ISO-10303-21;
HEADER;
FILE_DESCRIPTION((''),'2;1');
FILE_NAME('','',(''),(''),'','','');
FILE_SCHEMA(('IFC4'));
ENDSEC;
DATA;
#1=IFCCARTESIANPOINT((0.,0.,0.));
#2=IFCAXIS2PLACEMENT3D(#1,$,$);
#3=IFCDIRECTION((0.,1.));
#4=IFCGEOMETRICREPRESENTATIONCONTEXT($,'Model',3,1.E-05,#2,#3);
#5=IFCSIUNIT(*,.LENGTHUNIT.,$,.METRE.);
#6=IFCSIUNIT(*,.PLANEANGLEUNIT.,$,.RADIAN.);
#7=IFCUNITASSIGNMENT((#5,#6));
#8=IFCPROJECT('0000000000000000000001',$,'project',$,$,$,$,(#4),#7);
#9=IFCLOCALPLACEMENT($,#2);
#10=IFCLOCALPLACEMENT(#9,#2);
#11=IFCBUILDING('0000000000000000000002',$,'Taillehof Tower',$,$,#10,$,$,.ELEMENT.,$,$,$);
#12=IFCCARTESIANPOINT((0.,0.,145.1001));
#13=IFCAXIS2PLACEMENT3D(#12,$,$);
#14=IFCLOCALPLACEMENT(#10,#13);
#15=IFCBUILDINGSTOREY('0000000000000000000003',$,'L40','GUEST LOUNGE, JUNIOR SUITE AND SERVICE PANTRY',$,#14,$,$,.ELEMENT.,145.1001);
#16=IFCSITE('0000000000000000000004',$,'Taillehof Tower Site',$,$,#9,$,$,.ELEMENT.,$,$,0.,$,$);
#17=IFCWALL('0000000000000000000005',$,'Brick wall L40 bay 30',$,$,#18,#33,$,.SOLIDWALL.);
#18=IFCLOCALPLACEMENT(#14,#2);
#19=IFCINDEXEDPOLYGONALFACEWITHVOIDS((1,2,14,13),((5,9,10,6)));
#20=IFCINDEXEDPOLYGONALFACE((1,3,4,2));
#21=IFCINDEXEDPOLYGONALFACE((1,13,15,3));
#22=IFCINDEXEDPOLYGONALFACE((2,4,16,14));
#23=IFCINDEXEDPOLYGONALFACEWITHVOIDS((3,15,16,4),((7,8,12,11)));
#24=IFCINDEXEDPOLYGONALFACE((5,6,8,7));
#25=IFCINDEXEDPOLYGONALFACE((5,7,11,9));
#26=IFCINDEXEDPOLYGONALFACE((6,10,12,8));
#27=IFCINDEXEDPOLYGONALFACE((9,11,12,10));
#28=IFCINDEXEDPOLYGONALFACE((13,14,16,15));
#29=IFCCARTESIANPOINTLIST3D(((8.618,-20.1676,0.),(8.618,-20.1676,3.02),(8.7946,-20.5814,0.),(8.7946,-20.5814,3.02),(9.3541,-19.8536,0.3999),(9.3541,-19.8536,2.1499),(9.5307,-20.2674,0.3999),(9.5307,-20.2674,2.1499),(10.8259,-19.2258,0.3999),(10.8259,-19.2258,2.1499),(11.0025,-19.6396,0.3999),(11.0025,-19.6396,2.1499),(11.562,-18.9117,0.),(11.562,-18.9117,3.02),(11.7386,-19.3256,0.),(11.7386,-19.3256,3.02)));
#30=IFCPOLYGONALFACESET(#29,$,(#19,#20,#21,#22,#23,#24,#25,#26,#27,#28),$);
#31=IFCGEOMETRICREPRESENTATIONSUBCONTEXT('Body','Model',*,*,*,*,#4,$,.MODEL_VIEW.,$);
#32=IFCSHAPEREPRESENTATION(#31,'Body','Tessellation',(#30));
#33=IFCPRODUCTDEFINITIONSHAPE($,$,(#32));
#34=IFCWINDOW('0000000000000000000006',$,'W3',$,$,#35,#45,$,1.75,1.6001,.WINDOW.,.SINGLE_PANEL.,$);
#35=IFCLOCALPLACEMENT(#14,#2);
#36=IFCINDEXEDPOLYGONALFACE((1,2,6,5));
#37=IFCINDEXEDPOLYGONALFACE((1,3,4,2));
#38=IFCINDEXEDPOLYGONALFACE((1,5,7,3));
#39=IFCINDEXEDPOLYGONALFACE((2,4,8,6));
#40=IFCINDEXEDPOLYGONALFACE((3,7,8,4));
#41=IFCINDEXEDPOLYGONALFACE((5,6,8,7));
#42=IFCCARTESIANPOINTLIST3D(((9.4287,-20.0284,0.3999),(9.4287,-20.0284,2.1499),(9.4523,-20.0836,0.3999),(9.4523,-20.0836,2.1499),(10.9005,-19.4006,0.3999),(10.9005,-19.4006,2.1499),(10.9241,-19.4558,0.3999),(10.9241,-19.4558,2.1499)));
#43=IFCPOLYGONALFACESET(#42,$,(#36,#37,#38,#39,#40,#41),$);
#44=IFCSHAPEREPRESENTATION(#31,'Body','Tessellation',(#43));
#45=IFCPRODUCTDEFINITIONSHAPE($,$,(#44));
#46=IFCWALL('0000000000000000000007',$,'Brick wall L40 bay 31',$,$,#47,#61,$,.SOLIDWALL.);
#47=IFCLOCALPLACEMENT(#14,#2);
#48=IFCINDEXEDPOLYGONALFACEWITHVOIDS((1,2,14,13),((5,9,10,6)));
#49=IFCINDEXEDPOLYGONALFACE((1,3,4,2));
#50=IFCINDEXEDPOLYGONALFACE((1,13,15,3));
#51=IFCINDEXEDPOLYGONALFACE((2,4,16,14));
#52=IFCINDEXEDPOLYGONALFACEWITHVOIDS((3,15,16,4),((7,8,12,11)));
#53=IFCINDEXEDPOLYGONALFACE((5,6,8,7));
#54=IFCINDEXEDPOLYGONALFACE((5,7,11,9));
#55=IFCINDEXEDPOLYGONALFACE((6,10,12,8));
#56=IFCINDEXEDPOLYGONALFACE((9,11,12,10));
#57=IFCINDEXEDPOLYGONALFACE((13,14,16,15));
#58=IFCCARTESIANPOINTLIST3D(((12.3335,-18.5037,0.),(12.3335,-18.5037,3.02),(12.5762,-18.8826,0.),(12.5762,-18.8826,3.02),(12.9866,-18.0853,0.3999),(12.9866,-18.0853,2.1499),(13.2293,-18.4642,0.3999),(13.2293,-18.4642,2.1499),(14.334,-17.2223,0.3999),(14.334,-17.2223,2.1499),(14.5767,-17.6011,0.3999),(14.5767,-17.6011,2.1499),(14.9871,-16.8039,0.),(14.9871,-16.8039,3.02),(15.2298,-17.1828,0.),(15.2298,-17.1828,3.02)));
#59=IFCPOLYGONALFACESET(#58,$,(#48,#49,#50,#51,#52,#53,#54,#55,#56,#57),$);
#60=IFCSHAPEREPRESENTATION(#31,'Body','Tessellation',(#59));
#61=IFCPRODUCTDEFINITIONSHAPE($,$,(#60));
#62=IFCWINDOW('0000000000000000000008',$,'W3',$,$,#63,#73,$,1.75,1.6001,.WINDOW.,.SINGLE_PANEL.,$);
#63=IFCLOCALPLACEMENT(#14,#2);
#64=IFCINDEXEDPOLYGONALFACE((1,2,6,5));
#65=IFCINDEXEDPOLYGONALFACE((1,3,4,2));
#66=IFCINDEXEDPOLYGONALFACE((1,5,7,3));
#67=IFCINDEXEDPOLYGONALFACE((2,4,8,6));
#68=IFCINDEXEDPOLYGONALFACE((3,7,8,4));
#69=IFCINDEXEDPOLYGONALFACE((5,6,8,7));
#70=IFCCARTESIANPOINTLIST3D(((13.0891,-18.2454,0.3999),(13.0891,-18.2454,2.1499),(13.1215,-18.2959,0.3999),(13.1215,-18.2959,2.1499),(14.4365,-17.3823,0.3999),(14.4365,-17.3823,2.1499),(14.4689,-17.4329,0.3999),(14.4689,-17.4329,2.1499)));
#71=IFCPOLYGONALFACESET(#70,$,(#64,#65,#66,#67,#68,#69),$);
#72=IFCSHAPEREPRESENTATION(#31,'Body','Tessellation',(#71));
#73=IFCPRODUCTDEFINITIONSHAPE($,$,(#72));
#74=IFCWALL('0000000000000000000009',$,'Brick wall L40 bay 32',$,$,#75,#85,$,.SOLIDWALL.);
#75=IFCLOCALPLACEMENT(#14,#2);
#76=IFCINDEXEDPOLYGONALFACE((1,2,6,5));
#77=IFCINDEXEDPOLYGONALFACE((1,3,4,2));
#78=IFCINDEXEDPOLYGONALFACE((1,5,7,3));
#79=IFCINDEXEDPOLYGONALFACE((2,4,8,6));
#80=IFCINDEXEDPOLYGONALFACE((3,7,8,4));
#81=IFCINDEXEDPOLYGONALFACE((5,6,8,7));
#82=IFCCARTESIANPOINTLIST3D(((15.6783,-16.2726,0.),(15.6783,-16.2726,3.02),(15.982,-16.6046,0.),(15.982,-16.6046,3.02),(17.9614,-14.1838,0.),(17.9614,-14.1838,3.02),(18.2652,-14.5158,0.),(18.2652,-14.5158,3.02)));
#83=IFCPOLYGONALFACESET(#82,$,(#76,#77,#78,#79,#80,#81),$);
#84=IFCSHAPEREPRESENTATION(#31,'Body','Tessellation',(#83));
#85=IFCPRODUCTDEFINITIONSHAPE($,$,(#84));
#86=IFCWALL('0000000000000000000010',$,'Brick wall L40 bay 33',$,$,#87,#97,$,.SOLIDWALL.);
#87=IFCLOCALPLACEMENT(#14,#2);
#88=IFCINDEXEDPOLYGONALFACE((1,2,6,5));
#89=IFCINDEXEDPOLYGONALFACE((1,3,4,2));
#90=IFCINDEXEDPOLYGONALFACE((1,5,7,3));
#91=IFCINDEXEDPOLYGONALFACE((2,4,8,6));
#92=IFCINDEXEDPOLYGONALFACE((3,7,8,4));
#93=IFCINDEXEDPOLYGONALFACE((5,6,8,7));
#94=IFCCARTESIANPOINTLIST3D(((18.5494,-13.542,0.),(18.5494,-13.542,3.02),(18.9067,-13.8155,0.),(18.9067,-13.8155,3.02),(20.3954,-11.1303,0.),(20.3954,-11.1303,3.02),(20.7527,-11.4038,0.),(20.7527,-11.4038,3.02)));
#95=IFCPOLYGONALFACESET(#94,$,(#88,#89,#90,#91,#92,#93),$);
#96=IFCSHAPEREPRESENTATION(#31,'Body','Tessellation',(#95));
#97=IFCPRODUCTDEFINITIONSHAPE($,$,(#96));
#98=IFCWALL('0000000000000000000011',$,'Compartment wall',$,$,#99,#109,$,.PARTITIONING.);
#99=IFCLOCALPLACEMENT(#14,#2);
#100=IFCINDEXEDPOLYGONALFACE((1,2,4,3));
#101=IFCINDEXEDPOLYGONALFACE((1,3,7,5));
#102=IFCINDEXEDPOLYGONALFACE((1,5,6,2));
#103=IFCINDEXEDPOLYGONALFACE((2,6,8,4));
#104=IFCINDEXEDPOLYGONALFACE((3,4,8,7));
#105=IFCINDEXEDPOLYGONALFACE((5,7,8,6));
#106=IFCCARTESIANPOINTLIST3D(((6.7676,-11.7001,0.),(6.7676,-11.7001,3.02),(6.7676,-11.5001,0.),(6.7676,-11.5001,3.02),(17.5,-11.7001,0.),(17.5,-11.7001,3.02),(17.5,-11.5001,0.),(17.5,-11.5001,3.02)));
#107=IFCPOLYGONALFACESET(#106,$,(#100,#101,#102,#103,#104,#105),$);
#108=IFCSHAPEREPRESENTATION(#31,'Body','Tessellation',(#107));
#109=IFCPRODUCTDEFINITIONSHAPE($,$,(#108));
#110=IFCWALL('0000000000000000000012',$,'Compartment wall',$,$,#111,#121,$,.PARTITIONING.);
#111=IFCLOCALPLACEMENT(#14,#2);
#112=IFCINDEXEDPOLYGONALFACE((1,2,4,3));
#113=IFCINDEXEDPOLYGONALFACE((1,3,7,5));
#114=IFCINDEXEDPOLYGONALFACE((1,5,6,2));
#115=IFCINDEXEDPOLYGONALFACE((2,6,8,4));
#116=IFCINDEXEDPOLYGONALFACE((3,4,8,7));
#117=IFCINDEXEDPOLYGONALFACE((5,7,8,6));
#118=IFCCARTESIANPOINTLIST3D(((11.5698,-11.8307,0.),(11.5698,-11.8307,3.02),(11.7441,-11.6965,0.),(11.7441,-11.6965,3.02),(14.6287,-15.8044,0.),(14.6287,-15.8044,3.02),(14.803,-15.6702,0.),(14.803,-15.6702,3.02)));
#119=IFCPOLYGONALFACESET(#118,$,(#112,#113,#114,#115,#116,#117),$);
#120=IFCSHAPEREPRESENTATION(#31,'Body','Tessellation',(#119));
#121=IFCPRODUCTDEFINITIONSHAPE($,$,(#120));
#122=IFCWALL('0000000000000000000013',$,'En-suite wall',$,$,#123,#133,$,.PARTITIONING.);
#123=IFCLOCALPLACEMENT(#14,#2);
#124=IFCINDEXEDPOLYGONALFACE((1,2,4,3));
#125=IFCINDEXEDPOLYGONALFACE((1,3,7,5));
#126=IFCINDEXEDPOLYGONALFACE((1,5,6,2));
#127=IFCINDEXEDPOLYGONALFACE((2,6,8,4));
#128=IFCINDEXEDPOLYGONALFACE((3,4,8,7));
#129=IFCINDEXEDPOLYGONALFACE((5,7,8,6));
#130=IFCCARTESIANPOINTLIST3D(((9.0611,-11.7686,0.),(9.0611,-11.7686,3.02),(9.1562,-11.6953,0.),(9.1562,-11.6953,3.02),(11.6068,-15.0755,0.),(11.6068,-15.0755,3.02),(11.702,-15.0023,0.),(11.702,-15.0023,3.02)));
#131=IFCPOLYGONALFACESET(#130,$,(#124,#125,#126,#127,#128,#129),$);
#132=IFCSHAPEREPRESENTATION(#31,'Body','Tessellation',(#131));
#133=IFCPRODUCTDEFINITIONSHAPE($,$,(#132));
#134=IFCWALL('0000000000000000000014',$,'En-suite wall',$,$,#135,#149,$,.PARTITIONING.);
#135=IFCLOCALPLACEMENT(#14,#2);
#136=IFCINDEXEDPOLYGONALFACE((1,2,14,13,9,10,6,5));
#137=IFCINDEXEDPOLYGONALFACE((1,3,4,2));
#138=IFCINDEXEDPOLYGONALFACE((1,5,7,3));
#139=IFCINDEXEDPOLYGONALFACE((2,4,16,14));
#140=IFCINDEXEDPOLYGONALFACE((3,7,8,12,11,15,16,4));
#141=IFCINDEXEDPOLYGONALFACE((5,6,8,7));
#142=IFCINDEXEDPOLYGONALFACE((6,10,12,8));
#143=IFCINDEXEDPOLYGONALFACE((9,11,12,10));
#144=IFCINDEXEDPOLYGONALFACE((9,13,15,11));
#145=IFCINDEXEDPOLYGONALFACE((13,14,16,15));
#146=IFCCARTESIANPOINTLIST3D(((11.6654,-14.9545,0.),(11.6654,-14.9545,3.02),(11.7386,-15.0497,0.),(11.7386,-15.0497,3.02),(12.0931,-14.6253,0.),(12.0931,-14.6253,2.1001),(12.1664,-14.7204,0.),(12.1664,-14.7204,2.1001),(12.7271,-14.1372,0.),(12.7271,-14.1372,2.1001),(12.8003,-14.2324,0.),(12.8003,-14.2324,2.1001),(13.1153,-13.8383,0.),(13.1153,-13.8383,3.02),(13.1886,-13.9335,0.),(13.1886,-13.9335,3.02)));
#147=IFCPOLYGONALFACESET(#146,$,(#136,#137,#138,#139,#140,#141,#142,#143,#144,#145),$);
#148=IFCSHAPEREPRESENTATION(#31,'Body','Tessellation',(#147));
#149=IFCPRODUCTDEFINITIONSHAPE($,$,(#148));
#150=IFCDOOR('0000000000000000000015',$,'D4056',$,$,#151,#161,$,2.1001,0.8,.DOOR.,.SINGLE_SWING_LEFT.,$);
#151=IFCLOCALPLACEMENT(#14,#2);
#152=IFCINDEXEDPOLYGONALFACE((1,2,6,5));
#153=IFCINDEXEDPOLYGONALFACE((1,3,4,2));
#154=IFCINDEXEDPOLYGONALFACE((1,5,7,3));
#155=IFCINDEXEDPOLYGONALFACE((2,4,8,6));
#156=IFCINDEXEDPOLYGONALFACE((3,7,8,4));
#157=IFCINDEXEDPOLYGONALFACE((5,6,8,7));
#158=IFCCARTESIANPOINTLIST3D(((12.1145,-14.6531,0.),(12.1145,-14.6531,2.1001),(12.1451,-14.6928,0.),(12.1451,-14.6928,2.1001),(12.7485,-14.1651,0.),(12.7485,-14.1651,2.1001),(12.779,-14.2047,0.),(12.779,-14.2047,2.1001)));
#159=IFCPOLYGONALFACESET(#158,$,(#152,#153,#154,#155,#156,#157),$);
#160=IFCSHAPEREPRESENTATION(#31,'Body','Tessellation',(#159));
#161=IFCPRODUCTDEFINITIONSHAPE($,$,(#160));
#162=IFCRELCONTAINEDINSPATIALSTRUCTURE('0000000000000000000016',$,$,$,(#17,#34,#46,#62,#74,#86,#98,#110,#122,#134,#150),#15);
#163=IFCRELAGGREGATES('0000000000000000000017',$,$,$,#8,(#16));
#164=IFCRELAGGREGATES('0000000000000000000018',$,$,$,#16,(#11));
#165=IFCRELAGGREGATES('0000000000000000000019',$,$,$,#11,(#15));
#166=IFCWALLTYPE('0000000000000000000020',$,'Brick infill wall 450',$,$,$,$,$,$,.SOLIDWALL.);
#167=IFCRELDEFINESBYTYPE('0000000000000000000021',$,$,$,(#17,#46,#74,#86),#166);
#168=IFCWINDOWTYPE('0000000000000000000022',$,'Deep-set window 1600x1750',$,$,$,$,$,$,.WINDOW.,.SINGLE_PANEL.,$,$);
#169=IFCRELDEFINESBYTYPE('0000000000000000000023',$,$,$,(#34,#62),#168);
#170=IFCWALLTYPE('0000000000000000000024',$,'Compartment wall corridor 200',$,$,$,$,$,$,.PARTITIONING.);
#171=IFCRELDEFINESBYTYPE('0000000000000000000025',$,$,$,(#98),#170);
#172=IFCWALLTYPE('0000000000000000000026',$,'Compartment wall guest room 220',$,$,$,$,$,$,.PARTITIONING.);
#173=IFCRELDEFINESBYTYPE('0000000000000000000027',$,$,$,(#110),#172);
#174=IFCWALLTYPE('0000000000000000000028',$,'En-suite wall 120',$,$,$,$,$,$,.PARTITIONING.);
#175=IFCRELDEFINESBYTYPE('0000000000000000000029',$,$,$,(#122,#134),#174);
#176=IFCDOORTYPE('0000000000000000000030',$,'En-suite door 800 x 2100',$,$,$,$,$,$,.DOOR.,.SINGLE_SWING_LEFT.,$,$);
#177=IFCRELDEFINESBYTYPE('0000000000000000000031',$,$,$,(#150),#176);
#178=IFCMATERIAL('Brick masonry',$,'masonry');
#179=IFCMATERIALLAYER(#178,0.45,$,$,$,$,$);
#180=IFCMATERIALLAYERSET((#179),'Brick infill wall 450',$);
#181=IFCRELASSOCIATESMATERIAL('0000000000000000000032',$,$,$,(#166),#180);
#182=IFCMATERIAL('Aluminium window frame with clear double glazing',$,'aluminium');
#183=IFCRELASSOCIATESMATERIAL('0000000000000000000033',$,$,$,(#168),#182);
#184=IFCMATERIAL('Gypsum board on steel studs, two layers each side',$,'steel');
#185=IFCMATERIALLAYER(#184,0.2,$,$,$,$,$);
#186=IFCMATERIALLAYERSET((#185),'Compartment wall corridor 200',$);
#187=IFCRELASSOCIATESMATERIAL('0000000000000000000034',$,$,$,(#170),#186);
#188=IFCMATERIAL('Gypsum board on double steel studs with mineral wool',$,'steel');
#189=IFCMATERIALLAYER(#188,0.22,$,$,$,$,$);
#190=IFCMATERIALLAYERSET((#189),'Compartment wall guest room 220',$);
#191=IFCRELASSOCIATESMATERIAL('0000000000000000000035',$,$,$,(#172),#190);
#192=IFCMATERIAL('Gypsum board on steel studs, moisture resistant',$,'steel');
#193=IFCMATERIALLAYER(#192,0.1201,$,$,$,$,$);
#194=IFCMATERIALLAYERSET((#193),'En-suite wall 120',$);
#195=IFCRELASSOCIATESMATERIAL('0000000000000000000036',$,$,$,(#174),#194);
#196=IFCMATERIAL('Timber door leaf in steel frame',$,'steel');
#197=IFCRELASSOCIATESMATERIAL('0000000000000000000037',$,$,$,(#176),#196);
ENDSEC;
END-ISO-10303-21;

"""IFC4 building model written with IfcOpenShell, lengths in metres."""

from ifc_helpers import new_model, si_unit, direction, frame, frame_2d, origin, place, context, subcontext, project, spatial, rectangle, extrude, material, layer, layer_set, type_object, element, fill, save


model = new_model("IFC4")

# Units and contexts
model_context = context("Model", 3, precision=1e-05, world=origin(), true_north=direction((0.0, 1.0)))
body_context = subcontext(model_context, "Body", "Model", "MODEL_VIEW")
ifc_project = project(units=[si_unit("LENGTHUNIT", "METRE"), si_unit("PLANEANGLEUNIT", "RADIAN")], contexts=[model_context])

# Site, building, storey
site_placement = place(None, origin())
site = spatial("IfcSite", under=ifc_project, at=site_placement, Name="Taillehof Tower Site", CompositionType="ELEMENT", RefElevation=0.0)
building_placement = place(site_placement, origin())
building = spatial("IfcBuilding", under=site, at=building_placement, Name="Taillehof Tower", CompositionType="ELEMENT")
storey_placement = place(building_placement, frame((0.0, 0.0, 145.1001)))
storey = spatial("IfcBuildingStorey", under=building, at=storey_placement, Name="L40", Description="GUEST LOUNGE, JUNIOR SUITE AND SERVICE PANTRY", CompositionType="ELEMENT", Elevation=145.1001)

# Walls, openings, windows
ifc_material_1 = material(Name="Brick masonry", Category="masonry")
ifc_layer_1 = layer(ifc_material_1, 0.45)
ifc_layer_set_1 = layer_set([ifc_layer_1], Name="Brick infill wall 450")
wall_type_1 = type_object("IfcWallType", Name="Brick infill wall 450", PredefinedType="SOLIDWALL", material=ifc_layer_set_1)
wall_1_placement = place(storey_placement, frame((8.7063, -20.3745, 0.0), z_axis=(0.0, 0.0, 1.0), x_axis=(0.91981, 0.392363, 0.0)))
wall_1 = element("IfcWall", 1, at=wall_1_placement, inside=storey, type_object=wall_type_1, Name="Brick wall L40 bay 30", PredefinedType="SOLIDWALL", context=body_context, shape_type="SweptSolid", body=[
    extrude(rectangle(XDim=3.2007, YDim=0.45, at=frame_2d((1.6003, 0.0))), origin(), (0.0, 0.0, 1.0), 3.02),
])
opening_1_placement = place(wall_1_placement, frame((0.8003, 0.0, 0.3999)))
opening_1 = element("IfcOpeningElement", 2, at=opening_1_placement, cuts=wall_1, PredefinedType="OPENING", context=body_context, shape_type="SweptSolid", body=[
    extrude(rectangle(XDim=1.6001, YDim=1.75, at=frame_2d((0.8, 0.875))), frame((0.0, 0.2349, 0.0), z_axis=(0.0, -1.0, 0.0), x_axis=(1.0, 0.0, 0.0)), (0.0, 0.0, 1.0), 0.47),
])
ifc_material_2 = material(Name="Aluminium window frame with clear double glazing", Category="aluminium")
window_type = type_object("IfcWindowType", Name="Deep-set window 1600x1750", PartitioningType="SINGLE_PANEL", PredefinedType="WINDOW", material=ifc_material_2)
window_1_placement = place(opening_1_placement, origin())
window_1 = element("IfcWindow", 3, at=window_1_placement, inside=storey, type_object=window_type, Name="W3", OverallHeight=1.75, OverallWidth=1.6001, PartitioningType="SINGLE_PANEL", PredefinedType="WINDOW", context=body_context, shape_type="SweptSolid", body=[
    extrude(rectangle(XDim=1.6001, YDim=1.75, at=frame_2d((0.8, 0.875))), frame((0.0, 0.0349, 0.0), z_axis=(0.0, -1.0, 0.0), x_axis=(1.0, 0.0, 0.0)), (0.0, 0.0, 1.0), 0.0601),
])
fill(opening_1, window_1)
wall_2_placement = place(storey_placement, frame((12.4548, -18.6931, 0.0), z_axis=(0.0, 0.0, 1.0), x_axis=(0.842066, 0.539375, 0.0)))
wall_2 = element("IfcWall", 4, at=wall_2_placement, inside=storey, type_object=wall_type_1, Name="Brick wall L40 bay 31", PredefinedType="SOLIDWALL", context=body_context, shape_type="SweptSolid", body=[
    extrude(rectangle(XDim=3.1514, YDim=0.45, at=frame_2d((1.5757, 0.0))), origin(), (0.0, 0.0, 1.0), 3.02),
])
opening_2_placement = place(wall_2_placement, frame((0.7756, 0.0, 0.3999)))
opening_2 = element("IfcOpeningElement", 5, at=opening_2_placement, cuts=wall_2, PredefinedType="OPENING", context=body_context, shape_type="SweptSolid", body=[
    extrude(rectangle(XDim=1.6001, YDim=1.75, at=frame_2d((0.8, 0.875))), frame((0.0, 0.2349, 0.0), z_axis=(0.0, -1.0, 0.0), x_axis=(1.0, 0.0, 0.0)), (0.0, 0.0, 1.0), 0.47),
])
window_2_placement = place(opening_2_placement, origin())
window_2 = element("IfcWindow", 6, at=window_2_placement, inside=storey, type_object=window_type, Name="W3", OverallHeight=1.75, OverallWidth=1.6001, PartitioningType="SINGLE_PANEL", PredefinedType="WINDOW", context=body_context, shape_type="SweptSolid", body=[
    extrude(rectangle(XDim=1.6001, YDim=1.75, at=frame_2d((0.8, 0.875))), frame((0.0, 0.0349, 0.0), z_axis=(0.0, -1.0, 0.0), x_axis=(1.0, 0.0, 0.0)), (0.0, 0.0, 1.0), 0.0601),
])
fill(opening_2, window_2)

# Walls
wall_3_placement = place(storey_placement, frame((15.8301, -16.4387, 0.0), z_axis=(0.0, 0.0, 1.0), x_axis=(0.737809, 0.67501, 0.0)))
element("IfcWall", 7, at=wall_3_placement, inside=storey, type_object=wall_type_1, Name="Brick wall L40 bay 32", PredefinedType="SOLIDWALL", context=body_context, shape_type="SweptSolid", body=[
    extrude(rectangle(XDim=3.0945, YDim=0.45, at=frame_2d((1.5474, 0.0))), origin(), (0.0, 0.0, 1.0), 3.02),
])
wall_4_placement = place(storey_placement, frame((18.728, -13.6787, 0.0), z_axis=(0.0, 0.0, 1.0), x_axis=(0.607817, 0.794077, 0.0)))
element("IfcWall", 8, at=wall_4_placement, inside=storey, type_object=wall_type_1, Name="Brick wall L40 bay 33", PredefinedType="SOLIDWALL", context=body_context, shape_type="SweptSolid", body=[
    extrude(rectangle(XDim=3.0371, YDim=0.45, at=frame_2d((1.5186, 0.0))), origin(), (0.0, 0.0, 1.0), 3.02),
])
ifc_material_3 = material(Name="Gypsum board on steel studs, two layers each side", Category="steel")
ifc_layer_2 = layer(ifc_material_3, 0.2)
ifc_layer_set_2 = layer_set([ifc_layer_2], Name="Compartment wall corridor 200")
wall_type_2 = type_object("IfcWallType", Name="Compartment wall corridor 200", PredefinedType="PARTITIONING", material=ifc_layer_set_2)
wall_5_placement = place(storey_placement, frame((17.5, -11.6001, 0.0), z_axis=(0.0, 0.0, 1.0), x_axis=(-1.0, 0.0, 0.0)))
element("IfcWall", 9, at=wall_5_placement, inside=storey, type_object=wall_type_2, Name="Compartment wall", PredefinedType="PARTITIONING", context=body_context, shape_type="SweptSolid", body=[
    extrude(rectangle(XDim=10.7324, YDim=0.2, at=frame_2d((5.3662, 0.0))), origin(), (0.0, 0.0, 1.0), 3.02),
])
ifc_material_4 = material(Name="Gypsum board on double steel studs with mineral wool", Category="steel")
ifc_layer_3 = layer(ifc_material_4, 0.22)
ifc_layer_set_3 = layer_set([ifc_layer_3], Name="Compartment wall guest room 220")
wall_type_3 = type_object("IfcWallType", Name="Compartment wall guest room 220", PredefinedType="PARTITIONING", material=ifc_layer_set_3)
wall_6_placement = place(storey_placement, frame((14.7158, -15.7373, 0.0), z_axis=(0.0, 0.0, 1.0), x_axis=(-0.609986, 0.792412, 0.0)))
element("IfcWall", 10, at=wall_6_placement, inside=storey, type_object=wall_type_3, Name="Compartment wall", PredefinedType="PARTITIONING", context=body_context, shape_type="SweptSolid", body=[
    extrude(rectangle(XDim=5.0146, YDim=0.22, at=frame_2d((2.5073, 0.0))), origin(), (0.0, 0.0, 1.0), 3.02),
])
ifc_material_5 = material(Name="Gypsum board on steel studs, moisture resistant", Category="steel")
ifc_layer_4 = layer(ifc_material_5, 0.1201)
ifc_layer_set_4 = layer_set([ifc_layer_4], Name="En-suite wall 120")
wall_type_4 = type_object("IfcWallType", Name="En-suite wall 120", PredefinedType="PARTITIONING", material=ifc_layer_set_4)
wall_7_placement = place(storey_placement, frame((9.1086, -11.7319, 0.0), z_axis=(0.0, 0.0, 1.0), x_axis=(0.609996, -0.792404, 0.0)))
element("IfcWall", 11, at=wall_7_placement, inside=storey, type_object=wall_type_4, Name="En-suite wall", PredefinedType="PARTITIONING", context=body_context, shape_type="SweptSolid", body=[
    extrude(rectangle(XDim=4.1733, YDim=0.1201, at=frame_2d((2.0867, 0.0))), origin(), (0.0, 0.0, 1.0), 3.02),
])

# Wall, opening, door
wall_8_placement = place(storey_placement, frame((11.7019, -15.0022, 0.0), z_axis=(0.0, 0.0, 1.0), x_axis=(0.792396, 0.610007, 0.0)))
wall_8 = element("IfcWall", 12, at=wall_8_placement, inside=storey, type_object=wall_type_4, Name="En-suite wall", PredefinedType="PARTITIONING", context=body_context, shape_type="SweptSolid", body=[
    extrude(rectangle(XDim=1.8298, YDim=0.1201, at=frame_2d((0.915, 0.0))), origin(), (0.0, 0.0, 1.0), 3.02),
])
opening_3_placement = place(wall_8_placement, frame((0.54, 0.0, 0.0)))
opening_3 = element("IfcOpeningElement", 13, at=opening_3_placement, cuts=wall_8, PredefinedType="OPENING", context=body_context, shape_type="SweptSolid", body=[
    extrude(rectangle(XDim=0.8, YDim=2.1001, at=frame_2d((0.3999, 1.05))), frame((0.0, 0.0701, 0.0), z_axis=(0.0, -1.0, 0.0), x_axis=(1.0, 0.0, 0.0)), (0.0, 0.0, 1.0), 0.1401),
])
ifc_material_6 = material(Name="Timber door leaf in steel frame", Category="steel")
door_type = type_object("IfcDoorType", Name="En-suite door 800 x 2100", OperationType="SINGLE_SWING_LEFT", PredefinedType="DOOR", material=ifc_material_6)
door_placement = place(opening_3_placement, origin())
door = element("IfcDoor", 14, at=door_placement, inside=storey, type_object=door_type, Name="D4056", OperationType="SINGLE_SWING_LEFT", OverallHeight=2.1001, OverallWidth=0.8, PredefinedType="DOOR", context=body_context, shape_type="SweptSolid", body=[
    extrude(rectangle(XDim=0.8, YDim=2.1001, at=frame_2d((0.3999, 1.05))), frame((0.0, 0.0249, 0.0), z_axis=(0.0, -1.0, 0.0), x_axis=(1.0, 0.0, 0.0)), (0.0, 0.0, 1.0), 0.05),
])
fill(opening_3, door)

save(model, "model.ifc")
